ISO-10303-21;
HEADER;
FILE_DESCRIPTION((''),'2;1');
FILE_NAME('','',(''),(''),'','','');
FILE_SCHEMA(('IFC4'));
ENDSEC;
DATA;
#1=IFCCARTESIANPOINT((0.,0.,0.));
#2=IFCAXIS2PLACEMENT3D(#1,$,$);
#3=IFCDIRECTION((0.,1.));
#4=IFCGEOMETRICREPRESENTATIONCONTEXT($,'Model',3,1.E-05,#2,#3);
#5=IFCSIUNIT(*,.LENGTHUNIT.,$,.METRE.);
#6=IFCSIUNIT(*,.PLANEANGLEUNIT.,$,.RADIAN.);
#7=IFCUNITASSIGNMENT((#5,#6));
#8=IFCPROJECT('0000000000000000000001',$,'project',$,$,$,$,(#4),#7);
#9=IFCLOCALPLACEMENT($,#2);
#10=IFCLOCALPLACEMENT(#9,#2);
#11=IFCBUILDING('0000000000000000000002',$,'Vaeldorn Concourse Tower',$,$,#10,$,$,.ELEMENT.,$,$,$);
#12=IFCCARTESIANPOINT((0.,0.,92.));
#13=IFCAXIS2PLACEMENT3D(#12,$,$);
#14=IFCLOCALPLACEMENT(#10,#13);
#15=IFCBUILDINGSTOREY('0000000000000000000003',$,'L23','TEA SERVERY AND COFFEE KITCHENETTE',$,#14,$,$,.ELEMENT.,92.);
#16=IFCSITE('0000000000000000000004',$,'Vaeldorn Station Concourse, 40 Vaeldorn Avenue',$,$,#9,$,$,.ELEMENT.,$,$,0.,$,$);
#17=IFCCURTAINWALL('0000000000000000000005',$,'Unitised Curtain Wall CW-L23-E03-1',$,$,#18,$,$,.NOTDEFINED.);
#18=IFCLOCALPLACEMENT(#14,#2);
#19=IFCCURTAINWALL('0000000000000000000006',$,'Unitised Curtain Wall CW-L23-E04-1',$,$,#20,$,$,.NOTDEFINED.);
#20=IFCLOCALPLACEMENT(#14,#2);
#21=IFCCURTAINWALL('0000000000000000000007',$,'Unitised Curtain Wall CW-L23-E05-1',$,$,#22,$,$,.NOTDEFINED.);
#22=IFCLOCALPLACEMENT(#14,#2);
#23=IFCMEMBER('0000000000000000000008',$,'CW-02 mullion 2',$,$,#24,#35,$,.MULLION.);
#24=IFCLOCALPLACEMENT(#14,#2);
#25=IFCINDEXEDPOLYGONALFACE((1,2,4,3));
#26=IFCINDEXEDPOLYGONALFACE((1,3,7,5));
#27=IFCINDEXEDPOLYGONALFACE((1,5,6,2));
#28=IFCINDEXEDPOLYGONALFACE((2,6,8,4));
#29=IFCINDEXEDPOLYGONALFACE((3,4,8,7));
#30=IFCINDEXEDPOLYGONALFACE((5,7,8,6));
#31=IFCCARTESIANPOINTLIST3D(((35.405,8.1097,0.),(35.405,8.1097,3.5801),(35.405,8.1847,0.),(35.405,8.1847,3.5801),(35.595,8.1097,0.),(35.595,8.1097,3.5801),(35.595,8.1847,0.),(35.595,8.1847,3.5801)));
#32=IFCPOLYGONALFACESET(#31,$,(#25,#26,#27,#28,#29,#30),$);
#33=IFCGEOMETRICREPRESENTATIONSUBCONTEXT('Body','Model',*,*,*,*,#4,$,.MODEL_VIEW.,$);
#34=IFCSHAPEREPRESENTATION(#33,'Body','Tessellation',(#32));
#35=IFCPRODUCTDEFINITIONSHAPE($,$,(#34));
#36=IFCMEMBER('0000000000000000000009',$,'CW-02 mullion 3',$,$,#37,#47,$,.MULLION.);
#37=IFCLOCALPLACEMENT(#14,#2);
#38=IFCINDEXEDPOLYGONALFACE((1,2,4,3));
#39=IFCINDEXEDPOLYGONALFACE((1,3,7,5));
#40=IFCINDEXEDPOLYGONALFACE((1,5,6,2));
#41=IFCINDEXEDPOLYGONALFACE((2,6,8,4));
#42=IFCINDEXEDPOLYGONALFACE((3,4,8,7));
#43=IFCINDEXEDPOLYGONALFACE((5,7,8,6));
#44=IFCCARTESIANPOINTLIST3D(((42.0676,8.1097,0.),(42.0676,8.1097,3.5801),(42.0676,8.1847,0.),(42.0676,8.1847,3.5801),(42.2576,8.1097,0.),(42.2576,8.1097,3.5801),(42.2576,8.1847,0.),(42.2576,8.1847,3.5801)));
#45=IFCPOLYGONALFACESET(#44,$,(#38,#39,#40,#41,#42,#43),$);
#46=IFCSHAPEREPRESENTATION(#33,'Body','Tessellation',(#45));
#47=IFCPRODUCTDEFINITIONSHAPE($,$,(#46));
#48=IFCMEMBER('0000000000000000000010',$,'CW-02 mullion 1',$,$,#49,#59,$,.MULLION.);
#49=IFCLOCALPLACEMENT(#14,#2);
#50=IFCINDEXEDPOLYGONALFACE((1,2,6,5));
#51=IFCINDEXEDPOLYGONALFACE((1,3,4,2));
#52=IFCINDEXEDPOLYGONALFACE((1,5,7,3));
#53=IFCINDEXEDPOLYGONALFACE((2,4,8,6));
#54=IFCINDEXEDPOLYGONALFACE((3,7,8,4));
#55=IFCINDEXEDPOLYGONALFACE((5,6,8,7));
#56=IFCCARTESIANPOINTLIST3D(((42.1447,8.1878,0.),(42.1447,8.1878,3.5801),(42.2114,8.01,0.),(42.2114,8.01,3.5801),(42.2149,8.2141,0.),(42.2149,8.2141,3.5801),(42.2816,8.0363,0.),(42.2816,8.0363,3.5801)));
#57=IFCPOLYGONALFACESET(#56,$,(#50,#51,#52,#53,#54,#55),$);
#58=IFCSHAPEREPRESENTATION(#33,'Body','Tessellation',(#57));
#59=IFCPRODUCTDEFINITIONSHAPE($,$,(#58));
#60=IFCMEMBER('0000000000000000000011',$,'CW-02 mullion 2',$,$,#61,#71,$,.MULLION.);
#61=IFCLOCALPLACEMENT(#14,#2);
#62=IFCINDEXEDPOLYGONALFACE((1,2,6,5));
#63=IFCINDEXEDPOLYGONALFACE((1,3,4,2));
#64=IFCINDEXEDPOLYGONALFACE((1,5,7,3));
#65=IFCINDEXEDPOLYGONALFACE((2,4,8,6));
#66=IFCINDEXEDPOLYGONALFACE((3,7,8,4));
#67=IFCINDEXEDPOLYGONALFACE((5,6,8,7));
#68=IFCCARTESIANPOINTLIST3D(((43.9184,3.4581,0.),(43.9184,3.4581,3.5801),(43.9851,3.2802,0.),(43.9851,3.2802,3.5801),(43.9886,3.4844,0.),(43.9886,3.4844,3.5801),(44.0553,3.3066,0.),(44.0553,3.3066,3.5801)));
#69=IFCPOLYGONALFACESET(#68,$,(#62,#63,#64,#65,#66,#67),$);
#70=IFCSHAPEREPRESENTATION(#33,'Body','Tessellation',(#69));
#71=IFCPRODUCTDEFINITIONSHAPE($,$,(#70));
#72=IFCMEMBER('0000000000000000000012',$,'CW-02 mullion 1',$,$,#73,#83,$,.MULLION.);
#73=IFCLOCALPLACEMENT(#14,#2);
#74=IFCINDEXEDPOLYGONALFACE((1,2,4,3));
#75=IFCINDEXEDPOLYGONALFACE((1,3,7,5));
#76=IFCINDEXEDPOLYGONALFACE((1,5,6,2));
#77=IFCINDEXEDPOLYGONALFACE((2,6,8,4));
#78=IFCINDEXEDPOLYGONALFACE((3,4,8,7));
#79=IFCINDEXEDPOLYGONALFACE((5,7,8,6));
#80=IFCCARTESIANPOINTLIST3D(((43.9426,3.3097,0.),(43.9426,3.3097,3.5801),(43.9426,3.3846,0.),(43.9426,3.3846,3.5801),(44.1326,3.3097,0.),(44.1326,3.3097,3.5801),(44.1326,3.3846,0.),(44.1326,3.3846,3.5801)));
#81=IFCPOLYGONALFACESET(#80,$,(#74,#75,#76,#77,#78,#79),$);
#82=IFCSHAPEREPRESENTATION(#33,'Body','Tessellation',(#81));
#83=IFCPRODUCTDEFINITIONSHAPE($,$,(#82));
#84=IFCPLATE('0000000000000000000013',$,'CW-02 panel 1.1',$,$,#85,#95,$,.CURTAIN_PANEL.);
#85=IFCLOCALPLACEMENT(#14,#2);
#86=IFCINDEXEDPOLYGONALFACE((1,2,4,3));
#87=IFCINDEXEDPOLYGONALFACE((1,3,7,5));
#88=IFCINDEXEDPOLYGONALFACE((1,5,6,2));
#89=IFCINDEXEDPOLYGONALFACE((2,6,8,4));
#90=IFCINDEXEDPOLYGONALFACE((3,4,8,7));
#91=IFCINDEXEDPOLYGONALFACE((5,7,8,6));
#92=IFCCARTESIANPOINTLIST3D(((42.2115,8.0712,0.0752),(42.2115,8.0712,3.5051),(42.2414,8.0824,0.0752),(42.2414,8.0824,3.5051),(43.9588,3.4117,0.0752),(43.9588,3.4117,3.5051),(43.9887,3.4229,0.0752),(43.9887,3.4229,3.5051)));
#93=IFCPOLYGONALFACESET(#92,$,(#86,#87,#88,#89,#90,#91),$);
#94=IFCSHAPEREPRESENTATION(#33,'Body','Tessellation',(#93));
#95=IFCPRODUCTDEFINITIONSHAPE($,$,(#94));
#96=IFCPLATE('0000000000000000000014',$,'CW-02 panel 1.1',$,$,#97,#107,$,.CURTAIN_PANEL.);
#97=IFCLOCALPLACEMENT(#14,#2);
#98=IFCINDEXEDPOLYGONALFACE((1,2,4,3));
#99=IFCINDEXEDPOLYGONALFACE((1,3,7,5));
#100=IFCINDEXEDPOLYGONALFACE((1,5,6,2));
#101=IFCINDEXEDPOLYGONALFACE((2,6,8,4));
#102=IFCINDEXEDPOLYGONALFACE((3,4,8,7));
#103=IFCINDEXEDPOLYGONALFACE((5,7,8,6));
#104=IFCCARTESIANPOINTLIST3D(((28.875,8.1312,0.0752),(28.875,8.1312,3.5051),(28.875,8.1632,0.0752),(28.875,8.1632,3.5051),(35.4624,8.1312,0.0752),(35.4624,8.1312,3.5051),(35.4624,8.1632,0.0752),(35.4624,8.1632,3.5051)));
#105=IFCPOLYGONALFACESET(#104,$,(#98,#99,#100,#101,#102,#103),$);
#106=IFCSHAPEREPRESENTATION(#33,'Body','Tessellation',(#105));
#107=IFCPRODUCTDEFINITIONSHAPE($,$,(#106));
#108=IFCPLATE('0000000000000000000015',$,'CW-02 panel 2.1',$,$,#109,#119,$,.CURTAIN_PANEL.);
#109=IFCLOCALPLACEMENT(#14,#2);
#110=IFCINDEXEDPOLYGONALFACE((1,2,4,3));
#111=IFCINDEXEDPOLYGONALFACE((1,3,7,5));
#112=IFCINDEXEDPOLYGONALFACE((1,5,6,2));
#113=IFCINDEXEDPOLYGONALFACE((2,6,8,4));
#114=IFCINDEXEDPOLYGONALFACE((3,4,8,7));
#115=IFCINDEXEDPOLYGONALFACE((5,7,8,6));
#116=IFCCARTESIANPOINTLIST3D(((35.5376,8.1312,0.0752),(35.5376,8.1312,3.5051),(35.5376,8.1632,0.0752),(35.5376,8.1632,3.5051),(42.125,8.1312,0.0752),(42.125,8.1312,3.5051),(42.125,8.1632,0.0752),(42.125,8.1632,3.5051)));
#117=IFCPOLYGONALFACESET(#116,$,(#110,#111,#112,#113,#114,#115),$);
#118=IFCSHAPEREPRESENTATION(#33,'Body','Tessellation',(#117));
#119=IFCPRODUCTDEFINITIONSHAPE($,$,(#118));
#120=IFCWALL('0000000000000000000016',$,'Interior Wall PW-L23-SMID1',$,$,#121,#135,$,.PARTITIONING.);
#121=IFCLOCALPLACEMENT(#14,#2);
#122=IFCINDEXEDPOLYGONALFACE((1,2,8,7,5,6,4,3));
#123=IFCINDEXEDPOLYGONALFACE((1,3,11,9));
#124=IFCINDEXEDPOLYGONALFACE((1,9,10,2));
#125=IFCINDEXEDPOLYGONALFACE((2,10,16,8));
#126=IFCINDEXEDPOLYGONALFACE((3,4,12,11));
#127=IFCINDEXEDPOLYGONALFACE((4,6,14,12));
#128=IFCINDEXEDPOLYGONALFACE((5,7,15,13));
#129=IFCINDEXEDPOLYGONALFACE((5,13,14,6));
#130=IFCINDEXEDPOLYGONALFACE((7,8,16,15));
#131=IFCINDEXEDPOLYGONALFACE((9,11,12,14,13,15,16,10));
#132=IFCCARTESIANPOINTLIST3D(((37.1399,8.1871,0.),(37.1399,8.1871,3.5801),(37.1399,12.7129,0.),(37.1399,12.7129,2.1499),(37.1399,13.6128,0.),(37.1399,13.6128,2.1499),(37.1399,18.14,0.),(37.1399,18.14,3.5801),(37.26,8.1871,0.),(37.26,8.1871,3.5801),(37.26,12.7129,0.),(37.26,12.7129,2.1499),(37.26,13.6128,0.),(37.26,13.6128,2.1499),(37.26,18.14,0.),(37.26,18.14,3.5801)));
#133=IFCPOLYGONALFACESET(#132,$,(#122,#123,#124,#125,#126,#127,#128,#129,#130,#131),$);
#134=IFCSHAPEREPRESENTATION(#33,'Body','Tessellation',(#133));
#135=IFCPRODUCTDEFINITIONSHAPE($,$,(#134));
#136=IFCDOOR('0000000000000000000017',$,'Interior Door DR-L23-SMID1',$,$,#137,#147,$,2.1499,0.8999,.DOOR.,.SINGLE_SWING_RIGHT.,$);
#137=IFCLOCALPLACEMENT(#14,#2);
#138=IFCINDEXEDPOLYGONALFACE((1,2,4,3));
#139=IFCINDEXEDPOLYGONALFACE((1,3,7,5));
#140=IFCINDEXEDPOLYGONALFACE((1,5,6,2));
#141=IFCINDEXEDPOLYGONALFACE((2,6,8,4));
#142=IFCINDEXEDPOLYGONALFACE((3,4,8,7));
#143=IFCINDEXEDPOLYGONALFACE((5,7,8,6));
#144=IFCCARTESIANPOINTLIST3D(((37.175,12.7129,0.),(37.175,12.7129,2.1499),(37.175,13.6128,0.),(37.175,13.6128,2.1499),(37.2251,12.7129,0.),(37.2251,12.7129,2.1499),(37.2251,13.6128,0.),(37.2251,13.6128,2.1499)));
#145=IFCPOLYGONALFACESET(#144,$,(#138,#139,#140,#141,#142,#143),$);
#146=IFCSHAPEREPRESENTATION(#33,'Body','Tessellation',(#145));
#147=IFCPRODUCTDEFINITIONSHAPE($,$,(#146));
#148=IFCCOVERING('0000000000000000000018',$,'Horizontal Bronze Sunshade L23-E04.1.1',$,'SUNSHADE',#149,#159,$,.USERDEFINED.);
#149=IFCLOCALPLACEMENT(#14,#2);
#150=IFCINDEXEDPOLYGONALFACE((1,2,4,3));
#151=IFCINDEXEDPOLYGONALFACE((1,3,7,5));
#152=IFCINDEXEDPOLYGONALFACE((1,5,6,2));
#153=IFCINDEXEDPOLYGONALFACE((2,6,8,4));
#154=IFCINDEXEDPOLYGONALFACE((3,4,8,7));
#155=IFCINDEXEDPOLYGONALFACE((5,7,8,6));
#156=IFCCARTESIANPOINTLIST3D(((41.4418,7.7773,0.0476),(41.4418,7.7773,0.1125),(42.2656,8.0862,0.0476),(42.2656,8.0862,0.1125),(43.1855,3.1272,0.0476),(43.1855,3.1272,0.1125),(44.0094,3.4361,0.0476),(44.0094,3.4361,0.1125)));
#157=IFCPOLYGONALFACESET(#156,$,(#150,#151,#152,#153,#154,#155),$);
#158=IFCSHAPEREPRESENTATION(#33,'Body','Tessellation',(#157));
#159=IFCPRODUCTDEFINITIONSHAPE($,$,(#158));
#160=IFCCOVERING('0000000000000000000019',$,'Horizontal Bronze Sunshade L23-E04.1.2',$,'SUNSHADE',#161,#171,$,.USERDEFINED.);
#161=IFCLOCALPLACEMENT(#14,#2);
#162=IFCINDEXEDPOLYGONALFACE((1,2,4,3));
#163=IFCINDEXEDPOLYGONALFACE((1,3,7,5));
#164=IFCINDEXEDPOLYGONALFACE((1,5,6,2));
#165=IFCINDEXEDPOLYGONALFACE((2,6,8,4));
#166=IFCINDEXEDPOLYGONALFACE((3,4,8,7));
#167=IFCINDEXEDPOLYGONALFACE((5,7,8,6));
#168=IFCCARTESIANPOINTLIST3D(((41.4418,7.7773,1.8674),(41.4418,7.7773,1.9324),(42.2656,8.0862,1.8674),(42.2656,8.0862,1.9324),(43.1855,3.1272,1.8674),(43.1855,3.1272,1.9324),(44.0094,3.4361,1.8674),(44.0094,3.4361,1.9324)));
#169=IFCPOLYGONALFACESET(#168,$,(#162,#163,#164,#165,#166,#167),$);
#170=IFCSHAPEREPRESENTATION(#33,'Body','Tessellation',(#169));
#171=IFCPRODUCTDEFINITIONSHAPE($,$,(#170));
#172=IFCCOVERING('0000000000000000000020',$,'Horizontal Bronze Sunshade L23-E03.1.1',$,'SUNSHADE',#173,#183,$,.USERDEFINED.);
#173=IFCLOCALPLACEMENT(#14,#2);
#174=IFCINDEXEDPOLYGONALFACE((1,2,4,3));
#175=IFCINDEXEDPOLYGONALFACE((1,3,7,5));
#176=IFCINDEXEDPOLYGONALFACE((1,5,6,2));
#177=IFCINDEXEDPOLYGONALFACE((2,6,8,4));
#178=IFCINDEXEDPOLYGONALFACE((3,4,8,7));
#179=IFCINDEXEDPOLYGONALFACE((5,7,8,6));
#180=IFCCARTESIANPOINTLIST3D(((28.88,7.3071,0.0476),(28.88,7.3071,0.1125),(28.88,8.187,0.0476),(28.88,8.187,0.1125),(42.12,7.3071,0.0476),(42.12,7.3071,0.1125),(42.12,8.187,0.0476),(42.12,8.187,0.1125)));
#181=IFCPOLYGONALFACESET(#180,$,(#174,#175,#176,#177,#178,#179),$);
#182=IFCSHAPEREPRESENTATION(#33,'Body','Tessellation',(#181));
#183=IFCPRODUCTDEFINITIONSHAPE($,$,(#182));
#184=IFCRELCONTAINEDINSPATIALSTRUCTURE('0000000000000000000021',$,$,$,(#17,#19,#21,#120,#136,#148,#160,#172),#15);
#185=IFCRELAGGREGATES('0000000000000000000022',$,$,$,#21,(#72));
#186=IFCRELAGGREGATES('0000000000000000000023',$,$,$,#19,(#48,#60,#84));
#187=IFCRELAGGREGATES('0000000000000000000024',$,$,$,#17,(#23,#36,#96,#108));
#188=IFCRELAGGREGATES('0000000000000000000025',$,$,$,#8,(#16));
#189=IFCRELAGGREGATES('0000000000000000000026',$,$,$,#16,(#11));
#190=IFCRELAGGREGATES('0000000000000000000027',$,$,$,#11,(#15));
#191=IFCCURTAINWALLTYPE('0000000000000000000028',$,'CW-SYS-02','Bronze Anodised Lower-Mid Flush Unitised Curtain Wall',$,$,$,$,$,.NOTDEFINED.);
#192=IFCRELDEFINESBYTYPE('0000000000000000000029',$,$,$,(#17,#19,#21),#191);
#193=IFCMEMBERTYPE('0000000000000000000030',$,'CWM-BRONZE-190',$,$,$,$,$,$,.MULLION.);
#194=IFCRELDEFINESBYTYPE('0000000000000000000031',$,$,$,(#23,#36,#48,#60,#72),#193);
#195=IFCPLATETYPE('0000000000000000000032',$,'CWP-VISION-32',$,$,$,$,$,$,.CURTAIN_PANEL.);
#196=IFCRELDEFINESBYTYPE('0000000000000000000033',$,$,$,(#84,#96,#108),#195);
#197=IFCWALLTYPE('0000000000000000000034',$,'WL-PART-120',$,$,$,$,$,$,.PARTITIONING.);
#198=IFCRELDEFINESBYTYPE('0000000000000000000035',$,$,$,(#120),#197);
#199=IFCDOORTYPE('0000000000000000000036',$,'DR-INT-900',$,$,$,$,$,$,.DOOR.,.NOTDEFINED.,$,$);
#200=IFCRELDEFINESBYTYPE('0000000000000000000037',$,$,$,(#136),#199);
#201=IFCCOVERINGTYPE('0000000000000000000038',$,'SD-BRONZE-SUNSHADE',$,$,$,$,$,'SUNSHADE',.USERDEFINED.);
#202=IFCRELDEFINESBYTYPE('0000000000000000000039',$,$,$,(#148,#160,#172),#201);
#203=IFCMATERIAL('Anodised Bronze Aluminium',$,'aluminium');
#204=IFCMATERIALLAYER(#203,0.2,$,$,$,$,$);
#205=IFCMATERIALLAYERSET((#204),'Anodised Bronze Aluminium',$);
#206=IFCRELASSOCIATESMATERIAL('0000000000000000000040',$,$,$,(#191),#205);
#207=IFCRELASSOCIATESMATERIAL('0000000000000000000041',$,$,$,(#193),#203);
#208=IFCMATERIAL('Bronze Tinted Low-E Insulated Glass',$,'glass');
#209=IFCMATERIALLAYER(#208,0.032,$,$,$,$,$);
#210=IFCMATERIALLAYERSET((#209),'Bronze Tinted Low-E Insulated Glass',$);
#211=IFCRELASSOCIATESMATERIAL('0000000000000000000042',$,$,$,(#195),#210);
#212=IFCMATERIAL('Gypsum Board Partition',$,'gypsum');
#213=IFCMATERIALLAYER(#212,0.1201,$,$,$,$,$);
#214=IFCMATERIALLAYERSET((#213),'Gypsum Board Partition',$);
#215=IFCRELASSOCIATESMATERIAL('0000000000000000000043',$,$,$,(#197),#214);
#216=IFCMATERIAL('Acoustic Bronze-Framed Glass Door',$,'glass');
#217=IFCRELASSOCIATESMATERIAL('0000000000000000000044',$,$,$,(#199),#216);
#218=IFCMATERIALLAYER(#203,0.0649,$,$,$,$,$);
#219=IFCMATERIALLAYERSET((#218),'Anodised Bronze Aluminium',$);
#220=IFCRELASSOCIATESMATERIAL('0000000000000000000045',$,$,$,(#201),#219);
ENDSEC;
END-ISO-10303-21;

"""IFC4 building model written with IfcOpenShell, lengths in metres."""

from ifc_helpers import new_model, si_unit, direction, frame, frame_2d, origin, origin_2d, place, context, subcontext, project, spatial, rectangle, extrude, source, transform, mapped, material, layer, layer_set, material_profile, profile_set, type_object, element, fill, aggregate, save


model = new_model("IFC4")

# Units and contexts
model_context = context("Model", 3, precision=1e-05, world=origin(), true_north=direction((0.0, 1.0)))
body_context = subcontext(model_context, "Body", "Model", "MODEL_VIEW")
ifc_project = project(units=[si_unit("LENGTHUNIT", "METRE"), si_unit("PLANEANGLEUNIT", "RADIAN")], contexts=[model_context])

# Site, building, storey
site_placement = place(None, origin())
site = spatial("IfcSite", under=ifc_project, at=site_placement, Name="Vaeldorn Station Concourse, 40 Vaeldorn Avenue", CompositionType="ELEMENT", RefElevation=0.0)
building_placement = place(site_placement, origin())
building = spatial("IfcBuilding", under=site, at=building_placement, Name="Vaeldorn Concourse Tower", CompositionType="ELEMENT")
storey_placement = place(building_placement, frame((0.0, 0.0, 92.0)))
storey = spatial("IfcBuildingStorey", under=building, at=storey_placement, Name="L23", Description="TEA SERVERY AND COFFEE KITCHENETTE", CompositionType="ELEMENT", Elevation=92.0)

# Curtain walls
ifc_material_1 = material(Name="Anodised Bronze Aluminium", Category="aluminium")
ifc_layer_1 = layer(ifc_material_1, 0.2)
ifc_layer_set_1 = layer_set([ifc_layer_1], Name="Anodised Bronze Aluminium")
curtain_wall_type = type_object("IfcCurtainWallType", Name="CW-SYS-02", Description="Bronze Anodised Lower-Mid Flush Unitised Curtain Wall", PredefinedType="NOTDEFINED", material=ifc_layer_set_1)
curtain_wall_1_placement = place(storey_placement, origin())
curtain_wall_1 = element("IfcCurtainWall", 1, at=curtain_wall_1_placement, inside=storey, type_object=curtain_wall_type, Name="Unitised Curtain Wall CW-L23-E03-1", PredefinedType="NOTDEFINED")
curtain_wall_2_placement = place(storey_placement, origin())
curtain_wall_2 = element("IfcCurtainWall", 2, at=curtain_wall_2_placement, inside=storey, type_object=curtain_wall_type, Name="Unitised Curtain Wall CW-L23-E04-1", PredefinedType="NOTDEFINED")
curtain_wall_3_placement = place(storey_placement, origin())
curtain_wall_3 = element("IfcCurtainWall", 3, at=curtain_wall_3_placement, inside=storey, type_object=curtain_wall_type, Name="Unitised Curtain Wall CW-L23-E05-1", PredefinedType="NOTDEFINED")

# Members
ifc_material_profile_1 = material_profile(ifc_material_1, rectangle(XDim=0.075, YDim=0.1899, at=origin_2d()), Name="CWM 75x190")
ifc_profile_set_1 = profile_set([ifc_material_profile_1], Name="Anodised Bronze Aluminium")
member_type_1 = type_object("IfcMemberType", Name="CWM-BRONZE-190", PredefinedType="MULLION", material=ifc_profile_set_1)
shared_shape_1 = source(origin(), body_context, "Body", "SweptSolid", [
    extrude(rectangle(XDim=0.075, YDim=0.1899, at=origin_2d()), origin(), (0.0, 0.0, 1.0), 3.5801),
])
member_1_placement = place(storey_placement, frame((35.5, 8.1472, 0.0), z_axis=(0.0, 0.0, 1.0), x_axis=(0.0, 1.0, 0.0)))
member_1 = element("IfcMember", 4, at=member_1_placement, type_object=member_type_1, Name="CW-02 mullion 2", PredefinedType="MULLION", context=body_context, shape_type="MappedRepresentation", body=[
    mapped(shared_shape_1, transform((0.0, 0.0, 0.0), scale=1.0)),
])
member_2_placement = place(storey_placement, frame((42.1626, 8.1472, 0.0), z_axis=(0.0, 0.0, 1.0), x_axis=(0.0, 1.0, 0.0)))
member_2 = element("IfcMember", 5, at=member_2_placement, type_object=member_type_1, Name="CW-02 mullion 3", PredefinedType="MULLION", context=body_context, shape_type="MappedRepresentation", body=[
    mapped(shared_shape_1, transform((0.0, 0.0, 0.0), scale=1.0)),
])
member_3_placement = place(storey_placement, frame((42.2131, 8.1121, 0.0), z_axis=(0.0, 0.0, 1.0), x_axis=(0.936329, 0.351123, 0.0)))
member_3 = element("IfcMember", 6, at=member_3_placement, type_object=member_type_1, Name="CW-02 mullion 1", PredefinedType="MULLION", context=body_context, shape_type="MappedRepresentation", body=[
    mapped(shared_shape_1, transform((0.0, 0.0, 0.0), scale=1.0)),
])
member_4_placement = place(storey_placement, frame((43.9868, 3.3823, 0.0), z_axis=(0.0, 0.0, 1.0), x_axis=(0.936329, 0.351123, 0.0)))
member_4 = element("IfcMember", 7, at=member_4_placement, type_object=member_type_1, Name="CW-02 mullion 2", PredefinedType="MULLION", context=body_context, shape_type="MappedRepresentation", body=[
    mapped(shared_shape_1, transform((0.0, 0.0, 0.0), scale=1.0)),
])
member_5_placement = place(storey_placement, frame((44.0376, 3.3472, 0.0), z_axis=(0.0, 0.0, 1.0), x_axis=(0.0, 1.0, 0.0)))
member_5 = element("IfcMember", 8, at=member_5_placement, type_object=member_type_1, Name="CW-02 mullion 1", PredefinedType="MULLION", context=body_context, shape_type="MappedRepresentation", body=[
    mapped(shared_shape_1, transform((0.0, 0.0, 0.0), scale=1.0)),
])
aggregate(curtain_wall_3, [member_5])

# Plates
ifc_material_2 = material(Name="Bronze Tinted Low-E Insulated Glass", Category="glass")
ifc_layer_2 = layer(ifc_material_2, 0.032)
ifc_layer_set_2 = layer_set([ifc_layer_2], Name="Bronze Tinted Low-E Insulated Glass")
plate_type = type_object("IfcPlateType", Name="CWP-VISION-32", PredefinedType="CURTAIN_PANEL", material=ifc_layer_set_2)
shared_shape_2 = source(origin(), body_context, "Body", "SweptSolid", [
    extrude(rectangle(XDim=4.9763, YDim=0.032, at=origin_2d()), origin(), (0.0, 0.0, 1.0), 3.4299),
])
plate_1_placement = place(storey_placement, frame((43.1001, 5.7471, 0.0752), z_axis=(0.0, 0.0, 1.0), x_axis=(0.351123, -0.936329, 0.0)))
plate_1 = element("IfcPlate", 9, at=plate_1_placement, type_object=plate_type, Name="CW-02 panel 1.1", PredefinedType="CURTAIN_PANEL", context=body_context, shape_type="MappedRepresentation", body=[
    mapped(shared_shape_2, transform((0.0, 0.0, 0.0), scale=1.0)),
])
aggregate(curtain_wall_2, [member_3, member_4, plate_1])
shared_shape_3 = source(origin(), body_context, "Body", "SweptSolid", [
    extrude(rectangle(XDim=6.5874, YDim=0.032, at=origin_2d()), origin(), (0.0, 0.0, 1.0), 3.4299),
])
plate_2_placement = place(storey_placement, frame((32.1687, 8.1472, 0.0752), z_axis=(0.0, 0.0, 1.0), x_axis=(1.0, 0.0, 0.0)))
plate_2 = element("IfcPlate", 10, at=plate_2_placement, type_object=plate_type, Name="CW-02 panel 1.1", PredefinedType="CURTAIN_PANEL", context=body_context, shape_type="MappedRepresentation", body=[
    mapped(shared_shape_3, transform((0.0, 0.0, 0.0), scale=1.0)),
])
plate_3_placement = place(storey_placement, frame((38.8313, 8.1472, 0.0752), z_axis=(0.0, 0.0, 1.0), x_axis=(1.0, 0.0, 0.0)))
plate_3 = element("IfcPlate", 11, at=plate_3_placement, type_object=plate_type, Name="CW-02 panel 2.1", PredefinedType="CURTAIN_PANEL", context=body_context, shape_type="MappedRepresentation", body=[
    mapped(shared_shape_3, transform((0.0, 0.0, 0.0), scale=1.0)),
])
aggregate(curtain_wall_1, [member_1, member_2, plate_2, plate_3])

# Wall, opening, door
ifc_material_3 = material(Name="Gypsum Board Partition", Category="gypsum")
ifc_layer_3 = layer(ifc_material_3, 0.1201)
ifc_layer_set_3 = layer_set([ifc_layer_3], Name="Gypsum Board Partition")
wall_type = type_object("IfcWallType", Name="WL-PART-120", PredefinedType="PARTITIONING", material=ifc_layer_set_3)
wall_placement = place(storey_placement, frame((37.2, 8.187, 0.0), z_axis=(0.0, 0.0, 1.0), x_axis=(0.0, 1.0, 0.0)))
wall = element("IfcWall", 12, at=wall_placement, inside=storey, type_object=wall_type, Name="Interior Wall PW-L23-SMID1", PredefinedType="PARTITIONING", context=body_context, shape_type="SweptSolid", body=[
    extrude(rectangle(XDim=9.9529, YDim=0.1201, at=frame_2d((4.9766, 0.0))), origin(), (0.0, 0.0, 1.0), 3.5801),
])
opening_placement = place(wall_placement, frame((4.5259, 0.0, 0.0)))
opening = element("IfcOpeningElement", 13, at=opening_placement, cuts=wall, PredefinedType="OPENING", context=body_context, shape_type="SweptSolid", body=[
    extrude(rectangle(XDim=0.8999, YDim=2.1499, at=frame_2d((0.45, 1.075))), frame((0.0, 0.0701, 0.0), z_axis=(0.0, -1.0, 0.0), x_axis=(1.0, 0.0, 0.0)), (0.0, 0.0, 1.0), 0.1401),
])
ifc_material_4 = material(Name="Acoustic Bronze-Framed Glass Door", Category="glass")
door_type = type_object("IfcDoorType", Name="DR-INT-900", OperationType="NOTDEFINED", PredefinedType="DOOR", material=ifc_material_4)
shared_shape_4 = source(origin(), body_context, "Body", "SweptSolid", [
    extrude(rectangle(XDim=0.8999, YDim=2.1499, at=frame_2d((0.45, 1.075))), frame((0.0, 0.0249, 0.0), z_axis=(0.0, -1.0, 0.0), x_axis=(1.0, 0.0, 0.0)), (0.0, 0.0, 1.0), 0.05),
])
door_placement = place(opening_placement, origin())
door = element("IfcDoor", 14, at=door_placement, inside=storey, type_object=door_type, Name="Interior Door DR-L23-SMID1", OperationType="SINGLE_SWING_RIGHT", OverallHeight=2.1499, OverallWidth=0.8999, PredefinedType="DOOR", context=body_context, shape_type="MappedRepresentation", body=[
    mapped(shared_shape_4, transform((0.0, 0.0, 0.0), scale=1.0)),
])
fill(opening, door)

# Coverings
ifc_layer_4 = layer(ifc_material_1, 0.0649)
ifc_layer_set_4 = layer_set([ifc_layer_4], Name="Anodised Bronze Aluminium")
covering_type = type_object("IfcCoveringType", Name="SD-BRONZE-SUNSHADE", ElementType="SUNSHADE", PredefinedType="USERDEFINED", material=ifc_layer_set_4)
shared_shape_5 = source(origin(), body_context, "Body", "SweptSolid", [
    extrude(rectangle(XDim=4.9663, YDim=0.8799, at=origin_2d()), origin(), (0.0, 0.0, 1.0), 0.0649),
])
for number, where, z_axis, x_axis, name in (
    (15, (42.7256, 5.6067, 0.0476), (0.0, 0.0, 1.0), (0.351123, -0.936329, 0.0), "Horizontal Bronze Sunshade L23-E04.1.1"),
    (16, (42.7256, 5.6067, 1.8674), (0.0, 0.0, 1.0), (0.351123, -0.936329, 0.0), "Horizontal Bronze Sunshade L23-E04.1.2"),
):
    element("IfcCovering", number, at=place(storey_placement, frame(where, z_axis=z_axis, x_axis=x_axis)), inside=storey, type_object=covering_type, Name=name, ObjectType="SUNSHADE", PredefinedType="USERDEFINED", context=body_context, shape_type="MappedRepresentation", body=[
        mapped(shared_shape_5, transform((0.0, 0.0, 0.0), scale=1.0)),
    ])
shared_shape_6 = source(origin(), body_context, "Body", "SweptSolid", [
    extrude(rectangle(XDim=13.24, YDim=0.8799, at=origin_2d()), origin(), (0.0, 0.0, 1.0), 0.0649),
])
for number, where, z_axis, x_axis, name in (
    (17, (35.5, 7.7471, 0.0476), (0.0, 0.0, 1.0), (1.0, 0.0, 0.0), "Horizontal Bronze Sunshade L23-E03.1.1"),
):
    element("IfcCovering", number, at=place(storey_placement, frame(where, z_axis=z_axis, x_axis=x_axis)), inside=storey, type_object=covering_type, Name=name, ObjectType="SUNSHADE", PredefinedType="USERDEFINED", context=body_context, shape_type="MappedRepresentation", body=[
        mapped(shared_shape_6, transform((0.0, 0.0, 0.0), scale=1.0)),
    ])

save(model, "model.ifc")
